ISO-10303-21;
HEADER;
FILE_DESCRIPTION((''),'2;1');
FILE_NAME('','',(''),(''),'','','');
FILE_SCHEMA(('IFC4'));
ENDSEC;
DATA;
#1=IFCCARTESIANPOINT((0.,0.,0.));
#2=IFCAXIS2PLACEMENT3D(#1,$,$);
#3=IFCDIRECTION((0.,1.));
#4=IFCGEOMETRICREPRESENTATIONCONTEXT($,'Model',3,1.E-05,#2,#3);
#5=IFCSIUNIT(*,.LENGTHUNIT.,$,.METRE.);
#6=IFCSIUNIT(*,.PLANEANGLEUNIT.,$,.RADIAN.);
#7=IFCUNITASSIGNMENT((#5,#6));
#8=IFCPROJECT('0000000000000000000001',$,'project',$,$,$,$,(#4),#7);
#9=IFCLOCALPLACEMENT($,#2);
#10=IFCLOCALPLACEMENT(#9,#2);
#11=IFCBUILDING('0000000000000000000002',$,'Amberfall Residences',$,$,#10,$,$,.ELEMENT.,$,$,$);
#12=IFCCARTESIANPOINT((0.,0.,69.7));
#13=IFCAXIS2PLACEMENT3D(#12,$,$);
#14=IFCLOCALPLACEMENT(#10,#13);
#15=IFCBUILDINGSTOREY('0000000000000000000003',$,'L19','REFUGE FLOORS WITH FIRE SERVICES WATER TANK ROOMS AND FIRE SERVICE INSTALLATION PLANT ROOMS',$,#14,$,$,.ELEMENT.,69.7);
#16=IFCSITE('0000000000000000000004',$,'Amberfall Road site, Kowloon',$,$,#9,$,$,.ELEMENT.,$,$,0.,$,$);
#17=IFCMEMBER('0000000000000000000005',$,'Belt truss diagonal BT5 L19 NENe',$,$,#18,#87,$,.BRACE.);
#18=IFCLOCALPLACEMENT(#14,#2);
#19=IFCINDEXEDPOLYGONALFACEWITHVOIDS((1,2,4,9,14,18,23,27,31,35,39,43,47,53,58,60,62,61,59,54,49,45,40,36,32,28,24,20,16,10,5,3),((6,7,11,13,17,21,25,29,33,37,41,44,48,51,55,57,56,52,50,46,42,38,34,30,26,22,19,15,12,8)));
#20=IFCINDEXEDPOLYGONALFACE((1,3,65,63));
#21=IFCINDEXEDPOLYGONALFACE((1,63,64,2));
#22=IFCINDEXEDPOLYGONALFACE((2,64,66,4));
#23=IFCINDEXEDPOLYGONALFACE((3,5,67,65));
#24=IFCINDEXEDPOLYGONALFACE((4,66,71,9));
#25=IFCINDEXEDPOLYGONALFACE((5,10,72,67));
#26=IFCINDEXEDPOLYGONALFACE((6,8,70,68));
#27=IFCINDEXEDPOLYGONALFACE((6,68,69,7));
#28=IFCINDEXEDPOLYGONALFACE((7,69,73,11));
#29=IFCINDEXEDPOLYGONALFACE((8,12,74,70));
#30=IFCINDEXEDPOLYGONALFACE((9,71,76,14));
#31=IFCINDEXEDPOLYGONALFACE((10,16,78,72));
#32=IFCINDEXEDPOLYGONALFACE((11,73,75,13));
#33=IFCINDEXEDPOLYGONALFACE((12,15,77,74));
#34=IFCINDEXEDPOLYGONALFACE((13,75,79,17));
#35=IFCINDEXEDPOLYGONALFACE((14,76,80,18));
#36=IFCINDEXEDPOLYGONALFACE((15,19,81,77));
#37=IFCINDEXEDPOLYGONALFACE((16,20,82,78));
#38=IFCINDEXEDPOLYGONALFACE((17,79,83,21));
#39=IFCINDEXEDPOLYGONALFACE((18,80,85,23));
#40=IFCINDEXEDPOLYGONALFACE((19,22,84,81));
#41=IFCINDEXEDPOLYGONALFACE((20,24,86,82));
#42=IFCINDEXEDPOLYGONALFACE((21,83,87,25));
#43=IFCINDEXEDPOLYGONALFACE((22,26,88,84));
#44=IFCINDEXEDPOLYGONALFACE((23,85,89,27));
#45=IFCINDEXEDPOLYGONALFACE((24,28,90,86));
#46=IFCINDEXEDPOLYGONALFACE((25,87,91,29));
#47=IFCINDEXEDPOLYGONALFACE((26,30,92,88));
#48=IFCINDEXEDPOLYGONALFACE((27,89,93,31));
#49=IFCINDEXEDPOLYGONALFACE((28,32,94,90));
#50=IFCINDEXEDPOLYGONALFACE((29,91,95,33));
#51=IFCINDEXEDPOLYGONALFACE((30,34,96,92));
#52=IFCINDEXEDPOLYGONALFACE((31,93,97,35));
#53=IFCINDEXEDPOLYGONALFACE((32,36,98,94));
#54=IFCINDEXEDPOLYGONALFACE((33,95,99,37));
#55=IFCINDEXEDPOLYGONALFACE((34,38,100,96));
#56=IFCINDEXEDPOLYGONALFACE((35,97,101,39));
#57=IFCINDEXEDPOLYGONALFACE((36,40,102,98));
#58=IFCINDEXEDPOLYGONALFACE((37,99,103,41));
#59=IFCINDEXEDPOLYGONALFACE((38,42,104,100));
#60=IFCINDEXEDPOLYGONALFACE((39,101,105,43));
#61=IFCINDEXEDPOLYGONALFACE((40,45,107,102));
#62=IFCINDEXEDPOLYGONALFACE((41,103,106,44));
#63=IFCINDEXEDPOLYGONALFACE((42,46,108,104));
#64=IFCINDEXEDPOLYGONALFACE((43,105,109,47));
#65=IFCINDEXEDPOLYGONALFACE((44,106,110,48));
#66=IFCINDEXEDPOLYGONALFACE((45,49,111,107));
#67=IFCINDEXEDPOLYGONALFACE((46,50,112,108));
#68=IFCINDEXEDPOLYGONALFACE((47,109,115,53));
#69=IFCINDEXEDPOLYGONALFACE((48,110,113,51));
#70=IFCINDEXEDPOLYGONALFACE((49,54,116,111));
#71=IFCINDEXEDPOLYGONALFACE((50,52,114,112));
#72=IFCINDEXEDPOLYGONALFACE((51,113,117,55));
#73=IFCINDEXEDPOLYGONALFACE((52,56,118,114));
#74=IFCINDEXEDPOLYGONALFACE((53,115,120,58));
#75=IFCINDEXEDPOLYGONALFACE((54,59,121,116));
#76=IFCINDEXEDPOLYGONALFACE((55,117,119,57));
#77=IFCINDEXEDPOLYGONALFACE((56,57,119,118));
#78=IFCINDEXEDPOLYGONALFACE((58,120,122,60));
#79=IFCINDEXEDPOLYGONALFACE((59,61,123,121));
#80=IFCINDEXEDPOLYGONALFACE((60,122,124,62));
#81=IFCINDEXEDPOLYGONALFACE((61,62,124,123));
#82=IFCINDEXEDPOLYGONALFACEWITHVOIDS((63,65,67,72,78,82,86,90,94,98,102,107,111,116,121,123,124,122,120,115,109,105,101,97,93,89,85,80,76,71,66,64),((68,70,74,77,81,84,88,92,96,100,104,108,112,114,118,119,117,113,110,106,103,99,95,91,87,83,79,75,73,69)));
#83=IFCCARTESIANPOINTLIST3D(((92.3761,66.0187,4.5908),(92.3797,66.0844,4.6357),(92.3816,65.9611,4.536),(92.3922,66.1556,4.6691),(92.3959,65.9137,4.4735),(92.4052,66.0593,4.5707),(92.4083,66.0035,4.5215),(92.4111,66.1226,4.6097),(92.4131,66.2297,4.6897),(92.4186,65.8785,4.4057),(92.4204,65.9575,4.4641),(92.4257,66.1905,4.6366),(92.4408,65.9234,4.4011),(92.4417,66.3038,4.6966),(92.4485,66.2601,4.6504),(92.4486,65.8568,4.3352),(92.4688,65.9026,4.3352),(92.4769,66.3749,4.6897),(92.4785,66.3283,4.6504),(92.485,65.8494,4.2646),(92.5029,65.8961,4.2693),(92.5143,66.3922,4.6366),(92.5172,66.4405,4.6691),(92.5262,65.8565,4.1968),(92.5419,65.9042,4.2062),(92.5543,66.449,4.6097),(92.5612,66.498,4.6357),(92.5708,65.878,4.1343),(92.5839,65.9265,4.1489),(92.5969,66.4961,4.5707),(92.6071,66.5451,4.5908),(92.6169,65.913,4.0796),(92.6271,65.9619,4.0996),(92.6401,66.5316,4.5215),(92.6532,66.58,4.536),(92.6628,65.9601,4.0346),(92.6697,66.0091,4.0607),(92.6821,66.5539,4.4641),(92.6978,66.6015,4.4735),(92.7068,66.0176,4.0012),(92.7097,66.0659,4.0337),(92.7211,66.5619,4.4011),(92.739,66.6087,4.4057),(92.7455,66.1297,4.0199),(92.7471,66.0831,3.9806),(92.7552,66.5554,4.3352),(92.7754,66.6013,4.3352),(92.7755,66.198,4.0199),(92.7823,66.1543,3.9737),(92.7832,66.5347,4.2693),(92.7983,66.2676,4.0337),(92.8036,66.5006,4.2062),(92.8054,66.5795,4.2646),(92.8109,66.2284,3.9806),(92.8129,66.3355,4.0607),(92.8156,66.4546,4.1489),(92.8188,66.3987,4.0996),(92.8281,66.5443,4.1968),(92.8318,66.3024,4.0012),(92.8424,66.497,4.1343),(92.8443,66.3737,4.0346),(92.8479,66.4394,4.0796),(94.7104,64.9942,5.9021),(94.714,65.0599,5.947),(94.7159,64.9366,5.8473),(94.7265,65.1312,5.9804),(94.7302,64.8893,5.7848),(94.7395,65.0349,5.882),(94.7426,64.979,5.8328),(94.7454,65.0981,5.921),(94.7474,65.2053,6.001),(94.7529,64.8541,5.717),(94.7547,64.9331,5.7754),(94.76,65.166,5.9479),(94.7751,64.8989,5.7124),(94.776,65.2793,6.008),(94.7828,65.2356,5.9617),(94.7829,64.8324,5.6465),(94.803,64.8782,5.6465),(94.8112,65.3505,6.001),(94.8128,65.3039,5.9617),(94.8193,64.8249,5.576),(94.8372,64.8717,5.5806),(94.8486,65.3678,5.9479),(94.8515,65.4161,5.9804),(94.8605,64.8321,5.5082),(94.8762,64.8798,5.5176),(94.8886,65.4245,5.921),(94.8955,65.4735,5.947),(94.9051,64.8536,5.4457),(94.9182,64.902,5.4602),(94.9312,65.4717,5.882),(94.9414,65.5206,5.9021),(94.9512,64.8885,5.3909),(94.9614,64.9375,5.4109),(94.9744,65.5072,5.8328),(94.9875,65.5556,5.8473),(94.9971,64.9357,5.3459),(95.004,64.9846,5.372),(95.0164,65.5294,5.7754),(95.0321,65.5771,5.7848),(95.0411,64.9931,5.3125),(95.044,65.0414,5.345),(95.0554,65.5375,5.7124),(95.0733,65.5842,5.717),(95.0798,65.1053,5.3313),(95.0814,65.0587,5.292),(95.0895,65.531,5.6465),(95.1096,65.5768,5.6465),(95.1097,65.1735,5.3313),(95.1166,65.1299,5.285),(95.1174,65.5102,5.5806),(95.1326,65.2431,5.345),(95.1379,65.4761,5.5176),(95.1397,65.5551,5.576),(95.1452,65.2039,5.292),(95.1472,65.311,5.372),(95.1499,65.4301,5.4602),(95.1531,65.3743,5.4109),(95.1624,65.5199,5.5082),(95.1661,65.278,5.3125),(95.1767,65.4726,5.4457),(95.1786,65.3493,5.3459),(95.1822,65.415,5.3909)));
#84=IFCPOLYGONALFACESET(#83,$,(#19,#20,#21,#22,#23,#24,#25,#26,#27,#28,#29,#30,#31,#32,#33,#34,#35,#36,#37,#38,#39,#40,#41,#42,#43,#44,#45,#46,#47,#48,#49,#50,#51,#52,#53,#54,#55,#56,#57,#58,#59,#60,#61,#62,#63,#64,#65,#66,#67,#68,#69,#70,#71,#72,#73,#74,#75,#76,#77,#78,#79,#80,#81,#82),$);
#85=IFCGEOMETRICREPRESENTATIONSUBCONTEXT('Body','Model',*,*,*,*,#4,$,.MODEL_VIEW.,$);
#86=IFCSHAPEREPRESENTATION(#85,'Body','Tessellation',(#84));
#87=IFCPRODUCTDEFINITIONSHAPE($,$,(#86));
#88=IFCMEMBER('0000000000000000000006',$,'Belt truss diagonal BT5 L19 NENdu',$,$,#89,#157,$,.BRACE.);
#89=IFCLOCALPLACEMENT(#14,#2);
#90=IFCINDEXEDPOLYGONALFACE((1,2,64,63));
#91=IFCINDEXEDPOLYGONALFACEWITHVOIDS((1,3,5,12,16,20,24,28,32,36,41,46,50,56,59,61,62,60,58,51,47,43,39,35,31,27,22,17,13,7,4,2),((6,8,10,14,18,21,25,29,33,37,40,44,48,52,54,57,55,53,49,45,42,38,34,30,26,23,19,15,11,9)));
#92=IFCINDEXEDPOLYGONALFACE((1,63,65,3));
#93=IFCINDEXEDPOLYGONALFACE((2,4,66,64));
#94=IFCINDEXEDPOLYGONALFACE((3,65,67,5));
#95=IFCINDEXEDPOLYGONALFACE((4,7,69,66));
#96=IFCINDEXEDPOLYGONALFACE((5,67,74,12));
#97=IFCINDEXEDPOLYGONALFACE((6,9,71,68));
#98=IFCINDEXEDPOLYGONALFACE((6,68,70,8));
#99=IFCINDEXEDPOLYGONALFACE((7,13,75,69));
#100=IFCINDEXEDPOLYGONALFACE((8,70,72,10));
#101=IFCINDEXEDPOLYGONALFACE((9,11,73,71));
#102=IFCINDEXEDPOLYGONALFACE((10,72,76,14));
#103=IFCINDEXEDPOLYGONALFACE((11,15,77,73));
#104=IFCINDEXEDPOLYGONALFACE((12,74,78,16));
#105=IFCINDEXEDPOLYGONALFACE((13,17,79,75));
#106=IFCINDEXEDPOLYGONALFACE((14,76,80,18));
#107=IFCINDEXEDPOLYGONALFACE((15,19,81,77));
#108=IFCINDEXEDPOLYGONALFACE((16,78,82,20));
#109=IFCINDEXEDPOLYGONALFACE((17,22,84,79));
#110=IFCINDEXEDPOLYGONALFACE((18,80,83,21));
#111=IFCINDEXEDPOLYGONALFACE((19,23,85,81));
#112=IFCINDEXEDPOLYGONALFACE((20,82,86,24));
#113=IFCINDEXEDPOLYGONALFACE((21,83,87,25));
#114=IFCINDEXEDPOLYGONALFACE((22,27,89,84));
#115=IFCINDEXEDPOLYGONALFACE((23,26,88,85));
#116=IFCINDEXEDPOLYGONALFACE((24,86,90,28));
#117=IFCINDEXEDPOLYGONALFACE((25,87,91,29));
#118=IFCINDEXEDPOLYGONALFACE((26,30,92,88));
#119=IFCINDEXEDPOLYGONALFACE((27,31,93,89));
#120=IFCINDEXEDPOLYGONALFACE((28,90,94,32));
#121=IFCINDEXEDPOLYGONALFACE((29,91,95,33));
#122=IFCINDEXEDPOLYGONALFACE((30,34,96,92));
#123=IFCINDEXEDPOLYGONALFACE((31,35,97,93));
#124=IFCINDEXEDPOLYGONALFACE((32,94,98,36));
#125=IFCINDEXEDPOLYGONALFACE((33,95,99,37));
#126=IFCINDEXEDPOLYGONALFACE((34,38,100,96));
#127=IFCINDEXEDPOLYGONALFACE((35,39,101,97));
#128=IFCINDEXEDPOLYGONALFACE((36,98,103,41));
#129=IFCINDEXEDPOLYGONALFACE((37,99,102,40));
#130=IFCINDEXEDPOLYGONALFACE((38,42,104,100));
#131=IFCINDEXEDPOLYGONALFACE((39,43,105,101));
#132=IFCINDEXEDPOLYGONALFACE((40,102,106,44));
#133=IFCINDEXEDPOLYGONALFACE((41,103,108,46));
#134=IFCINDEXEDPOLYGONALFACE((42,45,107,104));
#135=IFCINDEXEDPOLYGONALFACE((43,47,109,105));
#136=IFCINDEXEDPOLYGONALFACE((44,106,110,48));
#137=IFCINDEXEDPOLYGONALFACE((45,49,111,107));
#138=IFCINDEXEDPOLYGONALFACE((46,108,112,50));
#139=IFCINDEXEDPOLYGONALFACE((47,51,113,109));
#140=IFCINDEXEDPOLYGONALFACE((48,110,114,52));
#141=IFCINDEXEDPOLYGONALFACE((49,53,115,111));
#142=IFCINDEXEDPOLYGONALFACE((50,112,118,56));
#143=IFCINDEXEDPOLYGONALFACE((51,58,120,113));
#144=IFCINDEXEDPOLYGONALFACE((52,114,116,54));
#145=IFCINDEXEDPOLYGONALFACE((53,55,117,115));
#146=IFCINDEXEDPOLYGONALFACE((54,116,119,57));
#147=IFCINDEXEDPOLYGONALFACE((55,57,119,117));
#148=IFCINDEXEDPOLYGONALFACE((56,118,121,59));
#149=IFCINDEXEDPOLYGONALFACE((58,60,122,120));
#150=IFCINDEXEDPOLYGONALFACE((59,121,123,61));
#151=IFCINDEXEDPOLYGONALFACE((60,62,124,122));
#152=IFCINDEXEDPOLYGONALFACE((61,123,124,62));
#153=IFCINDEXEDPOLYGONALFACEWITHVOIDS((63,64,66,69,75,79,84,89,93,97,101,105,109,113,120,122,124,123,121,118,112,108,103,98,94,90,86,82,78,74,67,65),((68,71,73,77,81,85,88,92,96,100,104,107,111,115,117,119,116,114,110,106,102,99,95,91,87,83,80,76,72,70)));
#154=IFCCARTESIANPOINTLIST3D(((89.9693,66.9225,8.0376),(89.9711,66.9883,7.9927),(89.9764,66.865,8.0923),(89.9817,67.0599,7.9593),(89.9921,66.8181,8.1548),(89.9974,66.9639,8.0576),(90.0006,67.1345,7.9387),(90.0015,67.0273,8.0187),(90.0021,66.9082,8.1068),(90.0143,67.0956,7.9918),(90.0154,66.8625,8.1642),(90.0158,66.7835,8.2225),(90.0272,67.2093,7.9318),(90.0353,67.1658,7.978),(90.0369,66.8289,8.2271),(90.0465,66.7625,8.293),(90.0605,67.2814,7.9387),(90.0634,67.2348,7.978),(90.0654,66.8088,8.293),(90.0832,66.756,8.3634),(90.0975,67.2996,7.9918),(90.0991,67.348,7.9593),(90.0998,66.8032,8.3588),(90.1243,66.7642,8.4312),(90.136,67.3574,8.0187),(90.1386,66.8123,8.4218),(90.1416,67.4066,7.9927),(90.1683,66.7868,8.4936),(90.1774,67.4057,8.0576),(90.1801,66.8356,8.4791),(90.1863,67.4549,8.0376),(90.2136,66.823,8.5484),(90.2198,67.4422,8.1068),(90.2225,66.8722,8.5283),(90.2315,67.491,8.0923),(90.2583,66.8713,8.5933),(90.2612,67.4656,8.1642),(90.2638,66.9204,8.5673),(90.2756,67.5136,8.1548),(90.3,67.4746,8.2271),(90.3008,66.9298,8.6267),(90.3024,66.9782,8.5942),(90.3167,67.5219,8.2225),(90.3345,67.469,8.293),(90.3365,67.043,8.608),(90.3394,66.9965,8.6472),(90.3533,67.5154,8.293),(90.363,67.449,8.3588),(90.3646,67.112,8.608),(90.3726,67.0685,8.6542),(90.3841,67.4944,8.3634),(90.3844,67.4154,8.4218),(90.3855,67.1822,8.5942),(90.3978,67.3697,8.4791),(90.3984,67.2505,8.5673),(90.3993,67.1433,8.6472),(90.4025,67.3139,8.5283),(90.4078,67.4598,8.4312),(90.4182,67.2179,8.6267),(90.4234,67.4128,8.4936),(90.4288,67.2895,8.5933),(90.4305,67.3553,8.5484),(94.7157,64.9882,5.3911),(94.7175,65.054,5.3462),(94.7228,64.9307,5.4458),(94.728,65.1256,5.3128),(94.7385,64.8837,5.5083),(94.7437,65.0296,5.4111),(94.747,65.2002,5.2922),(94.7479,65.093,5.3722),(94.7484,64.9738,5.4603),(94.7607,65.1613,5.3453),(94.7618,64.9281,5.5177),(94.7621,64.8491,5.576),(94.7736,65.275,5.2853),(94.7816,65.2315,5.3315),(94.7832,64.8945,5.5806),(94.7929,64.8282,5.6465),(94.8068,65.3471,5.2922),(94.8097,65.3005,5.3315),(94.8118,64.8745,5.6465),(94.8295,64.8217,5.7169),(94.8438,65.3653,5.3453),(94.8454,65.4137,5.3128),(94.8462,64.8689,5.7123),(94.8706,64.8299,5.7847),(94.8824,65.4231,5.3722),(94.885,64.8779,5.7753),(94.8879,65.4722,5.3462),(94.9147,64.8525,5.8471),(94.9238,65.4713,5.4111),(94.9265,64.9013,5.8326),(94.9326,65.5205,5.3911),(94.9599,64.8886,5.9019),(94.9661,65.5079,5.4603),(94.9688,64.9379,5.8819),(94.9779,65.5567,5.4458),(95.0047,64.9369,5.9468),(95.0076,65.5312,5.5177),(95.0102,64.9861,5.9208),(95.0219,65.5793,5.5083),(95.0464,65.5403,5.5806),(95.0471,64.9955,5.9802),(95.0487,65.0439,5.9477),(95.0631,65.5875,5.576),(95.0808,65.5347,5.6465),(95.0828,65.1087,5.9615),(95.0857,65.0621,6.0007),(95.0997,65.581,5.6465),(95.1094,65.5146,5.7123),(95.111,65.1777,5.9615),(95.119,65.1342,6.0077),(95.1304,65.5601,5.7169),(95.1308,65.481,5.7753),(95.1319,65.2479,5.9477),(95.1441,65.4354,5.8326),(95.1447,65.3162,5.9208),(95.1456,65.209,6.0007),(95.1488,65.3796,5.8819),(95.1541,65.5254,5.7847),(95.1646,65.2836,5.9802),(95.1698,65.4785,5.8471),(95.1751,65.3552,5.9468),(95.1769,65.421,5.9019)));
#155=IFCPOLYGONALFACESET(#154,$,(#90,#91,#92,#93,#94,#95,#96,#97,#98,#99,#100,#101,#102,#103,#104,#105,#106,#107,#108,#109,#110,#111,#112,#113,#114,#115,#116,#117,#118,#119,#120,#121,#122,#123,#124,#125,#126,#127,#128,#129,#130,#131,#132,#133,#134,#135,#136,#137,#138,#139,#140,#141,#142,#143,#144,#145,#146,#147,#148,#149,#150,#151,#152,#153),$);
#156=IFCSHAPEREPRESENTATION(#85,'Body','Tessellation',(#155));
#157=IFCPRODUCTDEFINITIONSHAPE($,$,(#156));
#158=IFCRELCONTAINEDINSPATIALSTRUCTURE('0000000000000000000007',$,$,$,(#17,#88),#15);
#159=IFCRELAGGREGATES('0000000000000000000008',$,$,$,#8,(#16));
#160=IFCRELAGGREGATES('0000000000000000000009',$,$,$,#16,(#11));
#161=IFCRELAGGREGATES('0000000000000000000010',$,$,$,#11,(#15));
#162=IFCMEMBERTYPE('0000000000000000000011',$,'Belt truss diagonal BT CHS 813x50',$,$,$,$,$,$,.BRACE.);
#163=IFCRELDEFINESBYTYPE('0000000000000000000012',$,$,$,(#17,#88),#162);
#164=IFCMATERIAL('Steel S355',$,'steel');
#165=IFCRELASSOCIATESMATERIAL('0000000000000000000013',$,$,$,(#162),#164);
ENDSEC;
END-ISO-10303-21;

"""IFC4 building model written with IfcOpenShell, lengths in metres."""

from ifc_helpers import new_model, si_unit, direction, frame, origin, origin_2d, place, context, subcontext, project, spatial, hollow_circle, extrude, material, material_profile, profile_set, type_object, element, save


model = new_model("IFC4")

# Units and contexts
model_context = context("Model", 3, precision=1e-05, world=origin(), true_north=direction((0.0, 1.0)))
body_context = subcontext(model_context, "Body", "Model", "MODEL_VIEW")
ifc_project = project(units=[si_unit("LENGTHUNIT", "METRE"), si_unit("PLANEANGLEUNIT", "RADIAN")], contexts=[model_context])

# Site, building, storey
site_placement = place(None, origin())
site = spatial("IfcSite", under=ifc_project, at=site_placement, Name="Amberfall Road site, Kowloon", CompositionType="ELEMENT", RefElevation=0.0)
building_placement = place(site_placement, origin())
building = spatial("IfcBuilding", under=site, at=building_placement, Name="Amberfall Residences", CompositionType="ELEMENT")
storey_placement = place(building_placement, frame((0.0, 0.0, 69.7)))
storey = spatial("IfcBuildingStorey", under=building, at=storey_placement, Name="L19", Description="REFUGE FLOORS WITH FIRE SERVICES WATER TANK ROOMS AND FIRE SERVICE INSTALLATION PLANT ROOMS", CompositionType="ELEMENT", Elevation=69.7)

# Shared definitions
ifc_material_1 = material(Name="Steel S355", Category="steel")

# Members
ifc_material_profile_1 = material_profile(ifc_material_1, hollow_circle(Radius=0.4065, WallThickness=0.05, at=origin_2d()), Name="CHS 813x50")
ifc_profile_set_1 = profile_set([ifc_material_profile_1], Name="Steel S355")
member_type = type_object("IfcMemberType", Name="Belt truss diagonal BT CHS 813x50", PredefinedType="BRACE", material=ifc_profile_set_1)
member_1_placement = place(storey_placement, frame((94.9463, 65.2046, 5.6465), z_axis=(-0.81428, 0.35736, -0.457431), x_axis=(-0.401869, -0.915697, 0.0)))
element("IfcMember", 1, at=member_1_placement, inside=storey, type_object=member_type, Name="Belt truss diagonal BT5 L19 NENe", PredefinedType="BRACE", context=body_context, shape_type="SweptSolid", body=[
    extrude(hollow_circle(Radius=0.4065, WallThickness=0.05, at=origin_2d()), origin(), (0.0, 0.0, 1.0), 2.8667),
])
member_2_placement = place(storey_placement, frame((94.9463, 65.2046, 5.6465), z_axis=(-0.822832, 0.335338, 0.458798), x_axis=(-0.377403, -0.926049, 0.0)))
element("IfcMember", 2, at=member_2_placement, inside=storey, type_object=member_type, Name="Belt truss diagonal BT5 L19 NENdu", PredefinedType="BRACE", context=body_context, shape_type="SweptSolid", body=[
    extrude(hollow_circle(Radius=0.4065, WallThickness=0.05, at=origin_2d()), origin(), (0.0, 0.0, 1.0), 5.7683),
])

save(model, "model.ifc")
